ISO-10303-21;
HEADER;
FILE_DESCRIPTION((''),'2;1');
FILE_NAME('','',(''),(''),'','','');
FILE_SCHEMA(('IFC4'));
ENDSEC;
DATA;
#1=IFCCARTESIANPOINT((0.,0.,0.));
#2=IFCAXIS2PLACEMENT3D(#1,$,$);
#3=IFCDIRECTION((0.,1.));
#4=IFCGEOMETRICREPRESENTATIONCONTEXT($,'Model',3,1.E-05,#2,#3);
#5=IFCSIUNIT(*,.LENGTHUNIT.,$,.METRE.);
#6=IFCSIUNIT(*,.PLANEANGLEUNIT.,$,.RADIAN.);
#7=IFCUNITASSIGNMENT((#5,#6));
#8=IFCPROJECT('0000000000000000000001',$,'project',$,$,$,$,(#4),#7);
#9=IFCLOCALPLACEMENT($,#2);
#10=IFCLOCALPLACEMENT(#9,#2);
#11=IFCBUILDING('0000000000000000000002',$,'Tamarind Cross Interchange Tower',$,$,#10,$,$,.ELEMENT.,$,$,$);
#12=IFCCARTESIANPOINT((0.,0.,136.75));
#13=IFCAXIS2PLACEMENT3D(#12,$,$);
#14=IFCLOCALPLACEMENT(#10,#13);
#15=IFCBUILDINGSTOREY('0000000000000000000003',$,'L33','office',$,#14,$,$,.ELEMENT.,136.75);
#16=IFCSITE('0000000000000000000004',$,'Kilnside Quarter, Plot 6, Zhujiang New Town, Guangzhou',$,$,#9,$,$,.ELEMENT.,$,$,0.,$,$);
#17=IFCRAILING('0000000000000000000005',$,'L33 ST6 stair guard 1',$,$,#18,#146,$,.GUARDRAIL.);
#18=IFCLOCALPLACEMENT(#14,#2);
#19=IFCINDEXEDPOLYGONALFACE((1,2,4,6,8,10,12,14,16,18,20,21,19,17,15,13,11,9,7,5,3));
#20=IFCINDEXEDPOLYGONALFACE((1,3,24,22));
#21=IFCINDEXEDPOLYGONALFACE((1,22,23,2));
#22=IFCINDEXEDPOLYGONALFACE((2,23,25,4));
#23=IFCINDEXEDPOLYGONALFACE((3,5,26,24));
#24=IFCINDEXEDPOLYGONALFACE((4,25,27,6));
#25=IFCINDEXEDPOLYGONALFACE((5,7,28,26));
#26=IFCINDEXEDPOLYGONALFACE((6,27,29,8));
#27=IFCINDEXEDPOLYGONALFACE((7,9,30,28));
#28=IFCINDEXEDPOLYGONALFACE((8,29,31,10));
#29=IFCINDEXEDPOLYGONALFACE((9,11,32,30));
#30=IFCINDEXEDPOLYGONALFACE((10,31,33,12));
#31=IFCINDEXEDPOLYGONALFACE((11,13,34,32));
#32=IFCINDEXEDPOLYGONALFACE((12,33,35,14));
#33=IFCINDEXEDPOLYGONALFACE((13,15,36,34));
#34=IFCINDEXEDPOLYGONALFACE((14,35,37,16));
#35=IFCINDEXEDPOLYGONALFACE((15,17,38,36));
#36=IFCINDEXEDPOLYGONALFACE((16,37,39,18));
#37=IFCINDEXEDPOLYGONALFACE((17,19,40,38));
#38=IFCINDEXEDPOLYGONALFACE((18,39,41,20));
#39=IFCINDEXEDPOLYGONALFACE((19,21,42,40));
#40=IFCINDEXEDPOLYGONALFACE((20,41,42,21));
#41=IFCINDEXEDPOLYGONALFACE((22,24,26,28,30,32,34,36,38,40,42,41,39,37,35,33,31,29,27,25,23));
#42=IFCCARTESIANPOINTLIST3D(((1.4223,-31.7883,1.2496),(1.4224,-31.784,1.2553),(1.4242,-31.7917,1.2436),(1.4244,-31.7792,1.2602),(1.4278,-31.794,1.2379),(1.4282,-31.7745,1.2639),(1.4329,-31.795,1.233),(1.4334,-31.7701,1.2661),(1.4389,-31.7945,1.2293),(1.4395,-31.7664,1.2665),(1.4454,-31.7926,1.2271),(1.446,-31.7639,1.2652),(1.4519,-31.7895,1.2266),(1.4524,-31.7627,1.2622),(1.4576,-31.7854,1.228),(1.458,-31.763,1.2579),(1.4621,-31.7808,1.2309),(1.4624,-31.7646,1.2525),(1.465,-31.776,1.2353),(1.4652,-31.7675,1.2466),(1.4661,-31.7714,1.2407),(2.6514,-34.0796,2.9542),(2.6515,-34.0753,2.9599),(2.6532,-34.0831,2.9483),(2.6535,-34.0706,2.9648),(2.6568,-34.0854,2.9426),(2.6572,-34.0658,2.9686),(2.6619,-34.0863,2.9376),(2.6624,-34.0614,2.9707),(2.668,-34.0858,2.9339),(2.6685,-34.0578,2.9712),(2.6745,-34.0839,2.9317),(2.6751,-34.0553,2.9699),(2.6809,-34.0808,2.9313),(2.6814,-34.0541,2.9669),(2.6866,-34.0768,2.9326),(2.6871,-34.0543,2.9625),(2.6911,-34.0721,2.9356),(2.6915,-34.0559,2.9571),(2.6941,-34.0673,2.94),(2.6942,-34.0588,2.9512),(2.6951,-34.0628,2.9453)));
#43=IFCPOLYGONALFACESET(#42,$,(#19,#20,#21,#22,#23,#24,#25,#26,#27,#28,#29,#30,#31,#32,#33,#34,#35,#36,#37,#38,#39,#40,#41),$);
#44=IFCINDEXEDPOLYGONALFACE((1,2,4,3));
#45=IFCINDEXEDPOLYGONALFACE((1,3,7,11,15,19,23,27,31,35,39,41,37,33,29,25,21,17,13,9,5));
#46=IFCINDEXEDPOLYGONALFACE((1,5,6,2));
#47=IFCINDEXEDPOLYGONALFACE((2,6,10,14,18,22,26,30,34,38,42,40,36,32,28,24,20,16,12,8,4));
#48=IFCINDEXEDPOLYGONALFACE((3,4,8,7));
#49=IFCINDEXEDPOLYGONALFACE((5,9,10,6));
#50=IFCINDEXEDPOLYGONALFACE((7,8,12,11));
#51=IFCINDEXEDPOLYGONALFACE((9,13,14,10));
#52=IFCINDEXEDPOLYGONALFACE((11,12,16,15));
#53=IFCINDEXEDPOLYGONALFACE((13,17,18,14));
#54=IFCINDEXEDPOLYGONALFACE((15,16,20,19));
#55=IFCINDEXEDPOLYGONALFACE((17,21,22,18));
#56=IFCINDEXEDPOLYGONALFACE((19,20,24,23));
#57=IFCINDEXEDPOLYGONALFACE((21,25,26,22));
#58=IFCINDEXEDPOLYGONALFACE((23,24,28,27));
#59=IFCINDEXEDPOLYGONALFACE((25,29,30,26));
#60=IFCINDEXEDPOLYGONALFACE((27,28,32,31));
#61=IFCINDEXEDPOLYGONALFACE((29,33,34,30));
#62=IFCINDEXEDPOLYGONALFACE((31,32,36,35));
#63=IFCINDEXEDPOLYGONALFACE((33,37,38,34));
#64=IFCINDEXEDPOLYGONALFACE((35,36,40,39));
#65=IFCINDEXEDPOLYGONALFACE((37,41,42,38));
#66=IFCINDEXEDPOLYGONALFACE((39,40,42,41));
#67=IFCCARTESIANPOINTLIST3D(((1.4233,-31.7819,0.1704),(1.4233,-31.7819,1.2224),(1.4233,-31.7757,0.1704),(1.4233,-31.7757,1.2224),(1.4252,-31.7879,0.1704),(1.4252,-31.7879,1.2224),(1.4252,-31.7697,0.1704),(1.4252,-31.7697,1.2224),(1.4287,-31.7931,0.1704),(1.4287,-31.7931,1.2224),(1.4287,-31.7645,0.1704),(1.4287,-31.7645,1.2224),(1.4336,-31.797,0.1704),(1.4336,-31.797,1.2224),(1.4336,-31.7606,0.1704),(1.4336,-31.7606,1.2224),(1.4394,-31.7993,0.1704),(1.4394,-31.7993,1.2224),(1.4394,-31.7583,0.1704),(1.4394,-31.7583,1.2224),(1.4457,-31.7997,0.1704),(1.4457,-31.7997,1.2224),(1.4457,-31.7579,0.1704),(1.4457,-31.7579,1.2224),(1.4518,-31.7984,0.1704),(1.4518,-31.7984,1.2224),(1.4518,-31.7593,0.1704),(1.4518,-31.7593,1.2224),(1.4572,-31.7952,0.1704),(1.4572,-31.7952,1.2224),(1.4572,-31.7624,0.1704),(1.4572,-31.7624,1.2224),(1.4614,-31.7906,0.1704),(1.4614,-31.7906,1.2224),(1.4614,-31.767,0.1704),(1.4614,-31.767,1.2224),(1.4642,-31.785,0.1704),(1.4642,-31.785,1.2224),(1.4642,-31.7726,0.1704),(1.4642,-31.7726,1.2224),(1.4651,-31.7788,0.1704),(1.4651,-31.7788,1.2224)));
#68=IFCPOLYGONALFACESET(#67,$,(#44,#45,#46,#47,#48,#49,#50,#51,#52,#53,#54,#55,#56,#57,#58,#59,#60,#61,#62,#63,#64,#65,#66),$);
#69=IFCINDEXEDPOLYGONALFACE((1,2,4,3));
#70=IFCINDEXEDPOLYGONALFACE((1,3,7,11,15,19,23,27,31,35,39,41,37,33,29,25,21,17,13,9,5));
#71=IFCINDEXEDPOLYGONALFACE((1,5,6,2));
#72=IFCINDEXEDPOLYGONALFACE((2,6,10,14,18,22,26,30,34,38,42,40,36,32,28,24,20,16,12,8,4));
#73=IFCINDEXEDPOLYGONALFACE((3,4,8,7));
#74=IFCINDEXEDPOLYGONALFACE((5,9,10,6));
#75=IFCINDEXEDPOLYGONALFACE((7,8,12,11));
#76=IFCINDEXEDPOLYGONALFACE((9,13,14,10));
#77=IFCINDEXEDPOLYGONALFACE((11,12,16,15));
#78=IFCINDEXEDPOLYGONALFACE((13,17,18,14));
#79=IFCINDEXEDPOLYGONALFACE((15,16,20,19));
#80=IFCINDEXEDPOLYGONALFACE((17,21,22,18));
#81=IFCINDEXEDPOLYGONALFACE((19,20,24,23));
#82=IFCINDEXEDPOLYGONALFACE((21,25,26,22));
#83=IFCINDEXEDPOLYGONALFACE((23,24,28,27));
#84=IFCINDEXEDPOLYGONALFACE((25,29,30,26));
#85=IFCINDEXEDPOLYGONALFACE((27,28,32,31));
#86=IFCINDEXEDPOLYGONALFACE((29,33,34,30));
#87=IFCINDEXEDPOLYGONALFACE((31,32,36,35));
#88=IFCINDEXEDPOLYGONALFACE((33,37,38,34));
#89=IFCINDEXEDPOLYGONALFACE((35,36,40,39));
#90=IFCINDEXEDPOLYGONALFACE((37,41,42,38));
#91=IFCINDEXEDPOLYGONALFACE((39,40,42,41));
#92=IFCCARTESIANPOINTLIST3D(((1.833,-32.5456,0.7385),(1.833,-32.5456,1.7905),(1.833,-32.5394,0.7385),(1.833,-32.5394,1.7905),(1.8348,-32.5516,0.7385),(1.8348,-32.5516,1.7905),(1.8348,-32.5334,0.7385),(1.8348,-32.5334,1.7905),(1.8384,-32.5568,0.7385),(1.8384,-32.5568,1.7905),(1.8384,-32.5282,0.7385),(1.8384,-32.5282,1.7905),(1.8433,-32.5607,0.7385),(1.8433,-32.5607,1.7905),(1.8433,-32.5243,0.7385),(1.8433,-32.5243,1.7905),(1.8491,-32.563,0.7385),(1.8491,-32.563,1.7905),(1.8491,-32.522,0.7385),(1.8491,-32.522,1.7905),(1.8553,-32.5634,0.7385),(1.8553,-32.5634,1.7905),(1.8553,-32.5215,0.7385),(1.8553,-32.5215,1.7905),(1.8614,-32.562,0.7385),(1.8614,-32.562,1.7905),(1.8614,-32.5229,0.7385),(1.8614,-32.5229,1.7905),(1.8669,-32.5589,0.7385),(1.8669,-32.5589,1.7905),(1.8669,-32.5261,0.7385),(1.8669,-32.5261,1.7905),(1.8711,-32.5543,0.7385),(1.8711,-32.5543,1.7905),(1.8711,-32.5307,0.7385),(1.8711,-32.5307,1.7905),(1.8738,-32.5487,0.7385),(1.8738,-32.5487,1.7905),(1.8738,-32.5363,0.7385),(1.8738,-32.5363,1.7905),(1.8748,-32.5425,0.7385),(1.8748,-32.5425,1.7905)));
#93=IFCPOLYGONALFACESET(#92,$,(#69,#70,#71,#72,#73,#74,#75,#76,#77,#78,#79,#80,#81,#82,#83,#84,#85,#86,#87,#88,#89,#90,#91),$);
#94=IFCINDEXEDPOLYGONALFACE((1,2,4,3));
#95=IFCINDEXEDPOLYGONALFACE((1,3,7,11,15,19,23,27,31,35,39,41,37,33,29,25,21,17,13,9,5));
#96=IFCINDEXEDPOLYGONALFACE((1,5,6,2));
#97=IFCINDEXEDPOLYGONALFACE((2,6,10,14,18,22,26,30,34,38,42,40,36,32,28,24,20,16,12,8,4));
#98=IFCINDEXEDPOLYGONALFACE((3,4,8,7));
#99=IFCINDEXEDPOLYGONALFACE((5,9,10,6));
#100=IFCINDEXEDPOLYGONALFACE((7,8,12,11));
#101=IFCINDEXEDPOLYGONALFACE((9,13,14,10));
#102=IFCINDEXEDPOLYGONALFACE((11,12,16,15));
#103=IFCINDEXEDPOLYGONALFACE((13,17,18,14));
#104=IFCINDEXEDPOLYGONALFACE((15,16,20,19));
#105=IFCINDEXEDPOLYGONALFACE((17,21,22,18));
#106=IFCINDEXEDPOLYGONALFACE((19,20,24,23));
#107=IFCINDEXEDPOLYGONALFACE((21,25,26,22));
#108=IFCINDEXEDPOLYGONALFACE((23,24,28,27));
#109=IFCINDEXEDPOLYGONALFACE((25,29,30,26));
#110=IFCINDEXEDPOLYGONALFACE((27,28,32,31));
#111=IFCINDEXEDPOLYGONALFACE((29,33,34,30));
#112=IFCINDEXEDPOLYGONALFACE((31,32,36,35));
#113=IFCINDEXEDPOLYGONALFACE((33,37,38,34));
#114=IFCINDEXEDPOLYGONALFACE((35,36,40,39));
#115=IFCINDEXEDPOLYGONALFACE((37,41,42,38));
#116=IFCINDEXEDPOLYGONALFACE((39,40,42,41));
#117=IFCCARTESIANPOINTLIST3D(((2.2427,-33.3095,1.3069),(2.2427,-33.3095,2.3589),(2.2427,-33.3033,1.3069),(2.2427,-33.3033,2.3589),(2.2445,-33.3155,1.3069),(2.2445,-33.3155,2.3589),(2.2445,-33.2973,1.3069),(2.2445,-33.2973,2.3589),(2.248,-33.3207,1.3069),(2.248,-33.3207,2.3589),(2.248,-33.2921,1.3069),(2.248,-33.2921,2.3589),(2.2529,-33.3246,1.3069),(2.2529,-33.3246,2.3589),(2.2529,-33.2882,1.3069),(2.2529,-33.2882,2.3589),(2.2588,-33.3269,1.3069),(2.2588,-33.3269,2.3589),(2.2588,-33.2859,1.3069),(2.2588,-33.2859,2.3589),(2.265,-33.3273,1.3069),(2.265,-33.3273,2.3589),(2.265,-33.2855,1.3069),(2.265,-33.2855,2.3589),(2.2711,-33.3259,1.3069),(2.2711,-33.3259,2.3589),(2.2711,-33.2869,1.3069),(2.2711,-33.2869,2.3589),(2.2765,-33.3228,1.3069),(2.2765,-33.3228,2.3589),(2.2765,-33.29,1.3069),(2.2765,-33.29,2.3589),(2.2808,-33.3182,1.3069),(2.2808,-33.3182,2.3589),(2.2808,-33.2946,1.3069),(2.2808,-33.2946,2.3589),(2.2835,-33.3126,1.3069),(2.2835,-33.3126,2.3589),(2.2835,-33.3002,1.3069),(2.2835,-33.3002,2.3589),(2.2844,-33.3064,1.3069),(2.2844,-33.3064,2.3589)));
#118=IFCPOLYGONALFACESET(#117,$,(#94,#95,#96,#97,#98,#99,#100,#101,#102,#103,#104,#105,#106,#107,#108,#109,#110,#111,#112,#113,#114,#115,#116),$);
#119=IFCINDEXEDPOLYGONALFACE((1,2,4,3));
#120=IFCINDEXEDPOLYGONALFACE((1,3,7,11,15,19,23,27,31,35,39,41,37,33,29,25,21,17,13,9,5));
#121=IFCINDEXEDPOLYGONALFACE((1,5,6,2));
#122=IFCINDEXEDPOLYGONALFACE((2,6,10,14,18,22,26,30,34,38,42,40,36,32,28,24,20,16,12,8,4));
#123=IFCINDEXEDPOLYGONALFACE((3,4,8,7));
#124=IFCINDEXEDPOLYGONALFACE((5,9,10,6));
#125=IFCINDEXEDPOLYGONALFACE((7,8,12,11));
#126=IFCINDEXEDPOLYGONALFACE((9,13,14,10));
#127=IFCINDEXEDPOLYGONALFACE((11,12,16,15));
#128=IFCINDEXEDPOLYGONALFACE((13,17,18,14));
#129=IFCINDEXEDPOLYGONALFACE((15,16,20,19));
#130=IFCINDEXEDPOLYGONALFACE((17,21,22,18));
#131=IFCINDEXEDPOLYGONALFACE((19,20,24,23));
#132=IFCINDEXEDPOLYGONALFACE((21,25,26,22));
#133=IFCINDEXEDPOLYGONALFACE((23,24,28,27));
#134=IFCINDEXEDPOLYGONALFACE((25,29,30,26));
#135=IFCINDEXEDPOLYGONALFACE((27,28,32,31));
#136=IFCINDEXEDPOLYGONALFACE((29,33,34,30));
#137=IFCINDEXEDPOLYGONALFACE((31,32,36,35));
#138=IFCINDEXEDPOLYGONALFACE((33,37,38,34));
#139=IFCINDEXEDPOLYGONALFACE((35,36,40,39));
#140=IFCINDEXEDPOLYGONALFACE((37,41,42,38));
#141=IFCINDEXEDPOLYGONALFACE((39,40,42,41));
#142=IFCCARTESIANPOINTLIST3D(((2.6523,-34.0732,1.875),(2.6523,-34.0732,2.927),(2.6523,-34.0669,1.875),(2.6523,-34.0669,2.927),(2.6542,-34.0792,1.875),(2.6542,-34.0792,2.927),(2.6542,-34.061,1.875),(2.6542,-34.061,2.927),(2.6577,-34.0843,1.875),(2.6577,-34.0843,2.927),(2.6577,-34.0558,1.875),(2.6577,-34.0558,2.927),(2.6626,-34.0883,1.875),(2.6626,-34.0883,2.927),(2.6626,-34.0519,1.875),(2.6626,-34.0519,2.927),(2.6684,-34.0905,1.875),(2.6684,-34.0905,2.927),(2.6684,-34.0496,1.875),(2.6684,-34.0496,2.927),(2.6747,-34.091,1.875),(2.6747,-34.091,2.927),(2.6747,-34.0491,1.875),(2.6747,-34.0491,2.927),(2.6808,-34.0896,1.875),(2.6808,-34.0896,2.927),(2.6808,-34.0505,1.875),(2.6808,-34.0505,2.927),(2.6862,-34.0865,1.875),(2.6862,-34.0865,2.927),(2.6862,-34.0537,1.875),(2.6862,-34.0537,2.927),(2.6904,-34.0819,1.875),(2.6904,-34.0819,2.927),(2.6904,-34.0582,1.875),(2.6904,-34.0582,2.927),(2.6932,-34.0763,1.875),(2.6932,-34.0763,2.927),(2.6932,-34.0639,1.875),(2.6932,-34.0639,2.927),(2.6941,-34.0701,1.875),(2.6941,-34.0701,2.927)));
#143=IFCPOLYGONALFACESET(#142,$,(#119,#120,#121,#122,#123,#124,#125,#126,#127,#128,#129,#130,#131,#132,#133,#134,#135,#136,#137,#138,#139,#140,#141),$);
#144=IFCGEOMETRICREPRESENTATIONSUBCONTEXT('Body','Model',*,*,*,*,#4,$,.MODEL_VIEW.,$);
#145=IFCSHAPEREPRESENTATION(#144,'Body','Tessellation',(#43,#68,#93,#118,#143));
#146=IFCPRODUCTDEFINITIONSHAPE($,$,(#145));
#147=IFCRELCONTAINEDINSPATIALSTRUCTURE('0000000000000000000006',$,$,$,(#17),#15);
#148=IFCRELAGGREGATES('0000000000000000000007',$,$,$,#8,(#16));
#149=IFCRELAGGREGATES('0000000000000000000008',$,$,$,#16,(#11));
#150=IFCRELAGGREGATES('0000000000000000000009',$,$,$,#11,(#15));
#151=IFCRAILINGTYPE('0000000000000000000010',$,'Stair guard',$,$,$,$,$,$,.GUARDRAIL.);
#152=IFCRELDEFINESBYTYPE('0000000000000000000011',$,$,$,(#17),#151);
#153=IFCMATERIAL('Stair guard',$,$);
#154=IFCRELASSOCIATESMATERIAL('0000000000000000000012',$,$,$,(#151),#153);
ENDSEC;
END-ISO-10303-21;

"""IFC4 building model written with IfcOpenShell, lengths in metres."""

from ifc_helpers import new_model, si_unit, direction, frame, origin, origin_2d, place, context, subcontext, project, spatial, circle, extrude, material, type_object, element, save


model = new_model("IFC4")

# Units and contexts
model_context = context("Model", 3, precision=1e-05, world=origin(), true_north=direction((0.0, 1.0)))
body_context = subcontext(model_context, "Body", "Model", "MODEL_VIEW")
ifc_project = project(units=[si_unit("LENGTHUNIT", "METRE"), si_unit("PLANEANGLEUNIT", "RADIAN")], contexts=[model_context])

# Site, building, storey
site_placement = place(None, origin())
site = spatial("IfcSite", under=ifc_project, at=site_placement, Name="Kilnside Quarter, Plot 6, Zhujiang New Town, Guangzhou", CompositionType="ELEMENT", RefElevation=0.0)
building_placement = place(site_placement, origin())
building = spatial("IfcBuilding", under=site, at=building_placement, Name="Tamarind Cross Interchange Tower", CompositionType="ELEMENT")
storey_placement = place(building_placement, frame((0.0, 0.0, 136.75)))
storey = spatial("IfcBuildingStorey", under=building, at=storey_placement, Name="L33", Description="office", CompositionType="ELEMENT", Elevation=136.75)

# Railing
ifc_material_1 = material(Name="Stair guard")
railing_type = type_object("IfcRailingType", Name="Stair guard", PredefinedType="GUARDRAIL", material=ifc_material_1)
railing_1_placement = place(storey_placement, frame((1.4441, -31.7788, 0.1704)))
element("IfcRailing", 1, at=railing_1_placement, inside=storey, type_object=railing_type, Name="L33 ST6 stair guard 1", PredefinedType="GUARDRAIL", context=body_context, shape_type="SweptSolid", body=[
    extrude(circle(Radius=0.0239, at=origin_2d()), frame((0.0, 0.0, 1.0762), z_axis=(0.395304, -0.736974, 0.548274), x_axis=(0.881233, 0.472683, 0.0)), (0.0, 0.0, 1.0), 3.1091),
    extrude(circle(Radius=0.021, at=origin_2d()), origin(), (0.0, 0.0, 1.0), 1.052),
    extrude(circle(Radius=0.021, at=origin_2d()), frame((0.4097, -0.7637, 0.5681)), (0.0, 0.0, 1.0), 1.052),
    extrude(circle(Radius=0.021, at=origin_2d()), frame((0.8193, -1.5276, 1.1365)), (0.0, 0.0, 1.0), 1.052),
    extrude(circle(Radius=0.021, at=origin_2d()), frame((1.229, -2.2913, 1.7046)), (0.0, 0.0, 1.0), 1.052),
])

save(model, "model.ifc")
